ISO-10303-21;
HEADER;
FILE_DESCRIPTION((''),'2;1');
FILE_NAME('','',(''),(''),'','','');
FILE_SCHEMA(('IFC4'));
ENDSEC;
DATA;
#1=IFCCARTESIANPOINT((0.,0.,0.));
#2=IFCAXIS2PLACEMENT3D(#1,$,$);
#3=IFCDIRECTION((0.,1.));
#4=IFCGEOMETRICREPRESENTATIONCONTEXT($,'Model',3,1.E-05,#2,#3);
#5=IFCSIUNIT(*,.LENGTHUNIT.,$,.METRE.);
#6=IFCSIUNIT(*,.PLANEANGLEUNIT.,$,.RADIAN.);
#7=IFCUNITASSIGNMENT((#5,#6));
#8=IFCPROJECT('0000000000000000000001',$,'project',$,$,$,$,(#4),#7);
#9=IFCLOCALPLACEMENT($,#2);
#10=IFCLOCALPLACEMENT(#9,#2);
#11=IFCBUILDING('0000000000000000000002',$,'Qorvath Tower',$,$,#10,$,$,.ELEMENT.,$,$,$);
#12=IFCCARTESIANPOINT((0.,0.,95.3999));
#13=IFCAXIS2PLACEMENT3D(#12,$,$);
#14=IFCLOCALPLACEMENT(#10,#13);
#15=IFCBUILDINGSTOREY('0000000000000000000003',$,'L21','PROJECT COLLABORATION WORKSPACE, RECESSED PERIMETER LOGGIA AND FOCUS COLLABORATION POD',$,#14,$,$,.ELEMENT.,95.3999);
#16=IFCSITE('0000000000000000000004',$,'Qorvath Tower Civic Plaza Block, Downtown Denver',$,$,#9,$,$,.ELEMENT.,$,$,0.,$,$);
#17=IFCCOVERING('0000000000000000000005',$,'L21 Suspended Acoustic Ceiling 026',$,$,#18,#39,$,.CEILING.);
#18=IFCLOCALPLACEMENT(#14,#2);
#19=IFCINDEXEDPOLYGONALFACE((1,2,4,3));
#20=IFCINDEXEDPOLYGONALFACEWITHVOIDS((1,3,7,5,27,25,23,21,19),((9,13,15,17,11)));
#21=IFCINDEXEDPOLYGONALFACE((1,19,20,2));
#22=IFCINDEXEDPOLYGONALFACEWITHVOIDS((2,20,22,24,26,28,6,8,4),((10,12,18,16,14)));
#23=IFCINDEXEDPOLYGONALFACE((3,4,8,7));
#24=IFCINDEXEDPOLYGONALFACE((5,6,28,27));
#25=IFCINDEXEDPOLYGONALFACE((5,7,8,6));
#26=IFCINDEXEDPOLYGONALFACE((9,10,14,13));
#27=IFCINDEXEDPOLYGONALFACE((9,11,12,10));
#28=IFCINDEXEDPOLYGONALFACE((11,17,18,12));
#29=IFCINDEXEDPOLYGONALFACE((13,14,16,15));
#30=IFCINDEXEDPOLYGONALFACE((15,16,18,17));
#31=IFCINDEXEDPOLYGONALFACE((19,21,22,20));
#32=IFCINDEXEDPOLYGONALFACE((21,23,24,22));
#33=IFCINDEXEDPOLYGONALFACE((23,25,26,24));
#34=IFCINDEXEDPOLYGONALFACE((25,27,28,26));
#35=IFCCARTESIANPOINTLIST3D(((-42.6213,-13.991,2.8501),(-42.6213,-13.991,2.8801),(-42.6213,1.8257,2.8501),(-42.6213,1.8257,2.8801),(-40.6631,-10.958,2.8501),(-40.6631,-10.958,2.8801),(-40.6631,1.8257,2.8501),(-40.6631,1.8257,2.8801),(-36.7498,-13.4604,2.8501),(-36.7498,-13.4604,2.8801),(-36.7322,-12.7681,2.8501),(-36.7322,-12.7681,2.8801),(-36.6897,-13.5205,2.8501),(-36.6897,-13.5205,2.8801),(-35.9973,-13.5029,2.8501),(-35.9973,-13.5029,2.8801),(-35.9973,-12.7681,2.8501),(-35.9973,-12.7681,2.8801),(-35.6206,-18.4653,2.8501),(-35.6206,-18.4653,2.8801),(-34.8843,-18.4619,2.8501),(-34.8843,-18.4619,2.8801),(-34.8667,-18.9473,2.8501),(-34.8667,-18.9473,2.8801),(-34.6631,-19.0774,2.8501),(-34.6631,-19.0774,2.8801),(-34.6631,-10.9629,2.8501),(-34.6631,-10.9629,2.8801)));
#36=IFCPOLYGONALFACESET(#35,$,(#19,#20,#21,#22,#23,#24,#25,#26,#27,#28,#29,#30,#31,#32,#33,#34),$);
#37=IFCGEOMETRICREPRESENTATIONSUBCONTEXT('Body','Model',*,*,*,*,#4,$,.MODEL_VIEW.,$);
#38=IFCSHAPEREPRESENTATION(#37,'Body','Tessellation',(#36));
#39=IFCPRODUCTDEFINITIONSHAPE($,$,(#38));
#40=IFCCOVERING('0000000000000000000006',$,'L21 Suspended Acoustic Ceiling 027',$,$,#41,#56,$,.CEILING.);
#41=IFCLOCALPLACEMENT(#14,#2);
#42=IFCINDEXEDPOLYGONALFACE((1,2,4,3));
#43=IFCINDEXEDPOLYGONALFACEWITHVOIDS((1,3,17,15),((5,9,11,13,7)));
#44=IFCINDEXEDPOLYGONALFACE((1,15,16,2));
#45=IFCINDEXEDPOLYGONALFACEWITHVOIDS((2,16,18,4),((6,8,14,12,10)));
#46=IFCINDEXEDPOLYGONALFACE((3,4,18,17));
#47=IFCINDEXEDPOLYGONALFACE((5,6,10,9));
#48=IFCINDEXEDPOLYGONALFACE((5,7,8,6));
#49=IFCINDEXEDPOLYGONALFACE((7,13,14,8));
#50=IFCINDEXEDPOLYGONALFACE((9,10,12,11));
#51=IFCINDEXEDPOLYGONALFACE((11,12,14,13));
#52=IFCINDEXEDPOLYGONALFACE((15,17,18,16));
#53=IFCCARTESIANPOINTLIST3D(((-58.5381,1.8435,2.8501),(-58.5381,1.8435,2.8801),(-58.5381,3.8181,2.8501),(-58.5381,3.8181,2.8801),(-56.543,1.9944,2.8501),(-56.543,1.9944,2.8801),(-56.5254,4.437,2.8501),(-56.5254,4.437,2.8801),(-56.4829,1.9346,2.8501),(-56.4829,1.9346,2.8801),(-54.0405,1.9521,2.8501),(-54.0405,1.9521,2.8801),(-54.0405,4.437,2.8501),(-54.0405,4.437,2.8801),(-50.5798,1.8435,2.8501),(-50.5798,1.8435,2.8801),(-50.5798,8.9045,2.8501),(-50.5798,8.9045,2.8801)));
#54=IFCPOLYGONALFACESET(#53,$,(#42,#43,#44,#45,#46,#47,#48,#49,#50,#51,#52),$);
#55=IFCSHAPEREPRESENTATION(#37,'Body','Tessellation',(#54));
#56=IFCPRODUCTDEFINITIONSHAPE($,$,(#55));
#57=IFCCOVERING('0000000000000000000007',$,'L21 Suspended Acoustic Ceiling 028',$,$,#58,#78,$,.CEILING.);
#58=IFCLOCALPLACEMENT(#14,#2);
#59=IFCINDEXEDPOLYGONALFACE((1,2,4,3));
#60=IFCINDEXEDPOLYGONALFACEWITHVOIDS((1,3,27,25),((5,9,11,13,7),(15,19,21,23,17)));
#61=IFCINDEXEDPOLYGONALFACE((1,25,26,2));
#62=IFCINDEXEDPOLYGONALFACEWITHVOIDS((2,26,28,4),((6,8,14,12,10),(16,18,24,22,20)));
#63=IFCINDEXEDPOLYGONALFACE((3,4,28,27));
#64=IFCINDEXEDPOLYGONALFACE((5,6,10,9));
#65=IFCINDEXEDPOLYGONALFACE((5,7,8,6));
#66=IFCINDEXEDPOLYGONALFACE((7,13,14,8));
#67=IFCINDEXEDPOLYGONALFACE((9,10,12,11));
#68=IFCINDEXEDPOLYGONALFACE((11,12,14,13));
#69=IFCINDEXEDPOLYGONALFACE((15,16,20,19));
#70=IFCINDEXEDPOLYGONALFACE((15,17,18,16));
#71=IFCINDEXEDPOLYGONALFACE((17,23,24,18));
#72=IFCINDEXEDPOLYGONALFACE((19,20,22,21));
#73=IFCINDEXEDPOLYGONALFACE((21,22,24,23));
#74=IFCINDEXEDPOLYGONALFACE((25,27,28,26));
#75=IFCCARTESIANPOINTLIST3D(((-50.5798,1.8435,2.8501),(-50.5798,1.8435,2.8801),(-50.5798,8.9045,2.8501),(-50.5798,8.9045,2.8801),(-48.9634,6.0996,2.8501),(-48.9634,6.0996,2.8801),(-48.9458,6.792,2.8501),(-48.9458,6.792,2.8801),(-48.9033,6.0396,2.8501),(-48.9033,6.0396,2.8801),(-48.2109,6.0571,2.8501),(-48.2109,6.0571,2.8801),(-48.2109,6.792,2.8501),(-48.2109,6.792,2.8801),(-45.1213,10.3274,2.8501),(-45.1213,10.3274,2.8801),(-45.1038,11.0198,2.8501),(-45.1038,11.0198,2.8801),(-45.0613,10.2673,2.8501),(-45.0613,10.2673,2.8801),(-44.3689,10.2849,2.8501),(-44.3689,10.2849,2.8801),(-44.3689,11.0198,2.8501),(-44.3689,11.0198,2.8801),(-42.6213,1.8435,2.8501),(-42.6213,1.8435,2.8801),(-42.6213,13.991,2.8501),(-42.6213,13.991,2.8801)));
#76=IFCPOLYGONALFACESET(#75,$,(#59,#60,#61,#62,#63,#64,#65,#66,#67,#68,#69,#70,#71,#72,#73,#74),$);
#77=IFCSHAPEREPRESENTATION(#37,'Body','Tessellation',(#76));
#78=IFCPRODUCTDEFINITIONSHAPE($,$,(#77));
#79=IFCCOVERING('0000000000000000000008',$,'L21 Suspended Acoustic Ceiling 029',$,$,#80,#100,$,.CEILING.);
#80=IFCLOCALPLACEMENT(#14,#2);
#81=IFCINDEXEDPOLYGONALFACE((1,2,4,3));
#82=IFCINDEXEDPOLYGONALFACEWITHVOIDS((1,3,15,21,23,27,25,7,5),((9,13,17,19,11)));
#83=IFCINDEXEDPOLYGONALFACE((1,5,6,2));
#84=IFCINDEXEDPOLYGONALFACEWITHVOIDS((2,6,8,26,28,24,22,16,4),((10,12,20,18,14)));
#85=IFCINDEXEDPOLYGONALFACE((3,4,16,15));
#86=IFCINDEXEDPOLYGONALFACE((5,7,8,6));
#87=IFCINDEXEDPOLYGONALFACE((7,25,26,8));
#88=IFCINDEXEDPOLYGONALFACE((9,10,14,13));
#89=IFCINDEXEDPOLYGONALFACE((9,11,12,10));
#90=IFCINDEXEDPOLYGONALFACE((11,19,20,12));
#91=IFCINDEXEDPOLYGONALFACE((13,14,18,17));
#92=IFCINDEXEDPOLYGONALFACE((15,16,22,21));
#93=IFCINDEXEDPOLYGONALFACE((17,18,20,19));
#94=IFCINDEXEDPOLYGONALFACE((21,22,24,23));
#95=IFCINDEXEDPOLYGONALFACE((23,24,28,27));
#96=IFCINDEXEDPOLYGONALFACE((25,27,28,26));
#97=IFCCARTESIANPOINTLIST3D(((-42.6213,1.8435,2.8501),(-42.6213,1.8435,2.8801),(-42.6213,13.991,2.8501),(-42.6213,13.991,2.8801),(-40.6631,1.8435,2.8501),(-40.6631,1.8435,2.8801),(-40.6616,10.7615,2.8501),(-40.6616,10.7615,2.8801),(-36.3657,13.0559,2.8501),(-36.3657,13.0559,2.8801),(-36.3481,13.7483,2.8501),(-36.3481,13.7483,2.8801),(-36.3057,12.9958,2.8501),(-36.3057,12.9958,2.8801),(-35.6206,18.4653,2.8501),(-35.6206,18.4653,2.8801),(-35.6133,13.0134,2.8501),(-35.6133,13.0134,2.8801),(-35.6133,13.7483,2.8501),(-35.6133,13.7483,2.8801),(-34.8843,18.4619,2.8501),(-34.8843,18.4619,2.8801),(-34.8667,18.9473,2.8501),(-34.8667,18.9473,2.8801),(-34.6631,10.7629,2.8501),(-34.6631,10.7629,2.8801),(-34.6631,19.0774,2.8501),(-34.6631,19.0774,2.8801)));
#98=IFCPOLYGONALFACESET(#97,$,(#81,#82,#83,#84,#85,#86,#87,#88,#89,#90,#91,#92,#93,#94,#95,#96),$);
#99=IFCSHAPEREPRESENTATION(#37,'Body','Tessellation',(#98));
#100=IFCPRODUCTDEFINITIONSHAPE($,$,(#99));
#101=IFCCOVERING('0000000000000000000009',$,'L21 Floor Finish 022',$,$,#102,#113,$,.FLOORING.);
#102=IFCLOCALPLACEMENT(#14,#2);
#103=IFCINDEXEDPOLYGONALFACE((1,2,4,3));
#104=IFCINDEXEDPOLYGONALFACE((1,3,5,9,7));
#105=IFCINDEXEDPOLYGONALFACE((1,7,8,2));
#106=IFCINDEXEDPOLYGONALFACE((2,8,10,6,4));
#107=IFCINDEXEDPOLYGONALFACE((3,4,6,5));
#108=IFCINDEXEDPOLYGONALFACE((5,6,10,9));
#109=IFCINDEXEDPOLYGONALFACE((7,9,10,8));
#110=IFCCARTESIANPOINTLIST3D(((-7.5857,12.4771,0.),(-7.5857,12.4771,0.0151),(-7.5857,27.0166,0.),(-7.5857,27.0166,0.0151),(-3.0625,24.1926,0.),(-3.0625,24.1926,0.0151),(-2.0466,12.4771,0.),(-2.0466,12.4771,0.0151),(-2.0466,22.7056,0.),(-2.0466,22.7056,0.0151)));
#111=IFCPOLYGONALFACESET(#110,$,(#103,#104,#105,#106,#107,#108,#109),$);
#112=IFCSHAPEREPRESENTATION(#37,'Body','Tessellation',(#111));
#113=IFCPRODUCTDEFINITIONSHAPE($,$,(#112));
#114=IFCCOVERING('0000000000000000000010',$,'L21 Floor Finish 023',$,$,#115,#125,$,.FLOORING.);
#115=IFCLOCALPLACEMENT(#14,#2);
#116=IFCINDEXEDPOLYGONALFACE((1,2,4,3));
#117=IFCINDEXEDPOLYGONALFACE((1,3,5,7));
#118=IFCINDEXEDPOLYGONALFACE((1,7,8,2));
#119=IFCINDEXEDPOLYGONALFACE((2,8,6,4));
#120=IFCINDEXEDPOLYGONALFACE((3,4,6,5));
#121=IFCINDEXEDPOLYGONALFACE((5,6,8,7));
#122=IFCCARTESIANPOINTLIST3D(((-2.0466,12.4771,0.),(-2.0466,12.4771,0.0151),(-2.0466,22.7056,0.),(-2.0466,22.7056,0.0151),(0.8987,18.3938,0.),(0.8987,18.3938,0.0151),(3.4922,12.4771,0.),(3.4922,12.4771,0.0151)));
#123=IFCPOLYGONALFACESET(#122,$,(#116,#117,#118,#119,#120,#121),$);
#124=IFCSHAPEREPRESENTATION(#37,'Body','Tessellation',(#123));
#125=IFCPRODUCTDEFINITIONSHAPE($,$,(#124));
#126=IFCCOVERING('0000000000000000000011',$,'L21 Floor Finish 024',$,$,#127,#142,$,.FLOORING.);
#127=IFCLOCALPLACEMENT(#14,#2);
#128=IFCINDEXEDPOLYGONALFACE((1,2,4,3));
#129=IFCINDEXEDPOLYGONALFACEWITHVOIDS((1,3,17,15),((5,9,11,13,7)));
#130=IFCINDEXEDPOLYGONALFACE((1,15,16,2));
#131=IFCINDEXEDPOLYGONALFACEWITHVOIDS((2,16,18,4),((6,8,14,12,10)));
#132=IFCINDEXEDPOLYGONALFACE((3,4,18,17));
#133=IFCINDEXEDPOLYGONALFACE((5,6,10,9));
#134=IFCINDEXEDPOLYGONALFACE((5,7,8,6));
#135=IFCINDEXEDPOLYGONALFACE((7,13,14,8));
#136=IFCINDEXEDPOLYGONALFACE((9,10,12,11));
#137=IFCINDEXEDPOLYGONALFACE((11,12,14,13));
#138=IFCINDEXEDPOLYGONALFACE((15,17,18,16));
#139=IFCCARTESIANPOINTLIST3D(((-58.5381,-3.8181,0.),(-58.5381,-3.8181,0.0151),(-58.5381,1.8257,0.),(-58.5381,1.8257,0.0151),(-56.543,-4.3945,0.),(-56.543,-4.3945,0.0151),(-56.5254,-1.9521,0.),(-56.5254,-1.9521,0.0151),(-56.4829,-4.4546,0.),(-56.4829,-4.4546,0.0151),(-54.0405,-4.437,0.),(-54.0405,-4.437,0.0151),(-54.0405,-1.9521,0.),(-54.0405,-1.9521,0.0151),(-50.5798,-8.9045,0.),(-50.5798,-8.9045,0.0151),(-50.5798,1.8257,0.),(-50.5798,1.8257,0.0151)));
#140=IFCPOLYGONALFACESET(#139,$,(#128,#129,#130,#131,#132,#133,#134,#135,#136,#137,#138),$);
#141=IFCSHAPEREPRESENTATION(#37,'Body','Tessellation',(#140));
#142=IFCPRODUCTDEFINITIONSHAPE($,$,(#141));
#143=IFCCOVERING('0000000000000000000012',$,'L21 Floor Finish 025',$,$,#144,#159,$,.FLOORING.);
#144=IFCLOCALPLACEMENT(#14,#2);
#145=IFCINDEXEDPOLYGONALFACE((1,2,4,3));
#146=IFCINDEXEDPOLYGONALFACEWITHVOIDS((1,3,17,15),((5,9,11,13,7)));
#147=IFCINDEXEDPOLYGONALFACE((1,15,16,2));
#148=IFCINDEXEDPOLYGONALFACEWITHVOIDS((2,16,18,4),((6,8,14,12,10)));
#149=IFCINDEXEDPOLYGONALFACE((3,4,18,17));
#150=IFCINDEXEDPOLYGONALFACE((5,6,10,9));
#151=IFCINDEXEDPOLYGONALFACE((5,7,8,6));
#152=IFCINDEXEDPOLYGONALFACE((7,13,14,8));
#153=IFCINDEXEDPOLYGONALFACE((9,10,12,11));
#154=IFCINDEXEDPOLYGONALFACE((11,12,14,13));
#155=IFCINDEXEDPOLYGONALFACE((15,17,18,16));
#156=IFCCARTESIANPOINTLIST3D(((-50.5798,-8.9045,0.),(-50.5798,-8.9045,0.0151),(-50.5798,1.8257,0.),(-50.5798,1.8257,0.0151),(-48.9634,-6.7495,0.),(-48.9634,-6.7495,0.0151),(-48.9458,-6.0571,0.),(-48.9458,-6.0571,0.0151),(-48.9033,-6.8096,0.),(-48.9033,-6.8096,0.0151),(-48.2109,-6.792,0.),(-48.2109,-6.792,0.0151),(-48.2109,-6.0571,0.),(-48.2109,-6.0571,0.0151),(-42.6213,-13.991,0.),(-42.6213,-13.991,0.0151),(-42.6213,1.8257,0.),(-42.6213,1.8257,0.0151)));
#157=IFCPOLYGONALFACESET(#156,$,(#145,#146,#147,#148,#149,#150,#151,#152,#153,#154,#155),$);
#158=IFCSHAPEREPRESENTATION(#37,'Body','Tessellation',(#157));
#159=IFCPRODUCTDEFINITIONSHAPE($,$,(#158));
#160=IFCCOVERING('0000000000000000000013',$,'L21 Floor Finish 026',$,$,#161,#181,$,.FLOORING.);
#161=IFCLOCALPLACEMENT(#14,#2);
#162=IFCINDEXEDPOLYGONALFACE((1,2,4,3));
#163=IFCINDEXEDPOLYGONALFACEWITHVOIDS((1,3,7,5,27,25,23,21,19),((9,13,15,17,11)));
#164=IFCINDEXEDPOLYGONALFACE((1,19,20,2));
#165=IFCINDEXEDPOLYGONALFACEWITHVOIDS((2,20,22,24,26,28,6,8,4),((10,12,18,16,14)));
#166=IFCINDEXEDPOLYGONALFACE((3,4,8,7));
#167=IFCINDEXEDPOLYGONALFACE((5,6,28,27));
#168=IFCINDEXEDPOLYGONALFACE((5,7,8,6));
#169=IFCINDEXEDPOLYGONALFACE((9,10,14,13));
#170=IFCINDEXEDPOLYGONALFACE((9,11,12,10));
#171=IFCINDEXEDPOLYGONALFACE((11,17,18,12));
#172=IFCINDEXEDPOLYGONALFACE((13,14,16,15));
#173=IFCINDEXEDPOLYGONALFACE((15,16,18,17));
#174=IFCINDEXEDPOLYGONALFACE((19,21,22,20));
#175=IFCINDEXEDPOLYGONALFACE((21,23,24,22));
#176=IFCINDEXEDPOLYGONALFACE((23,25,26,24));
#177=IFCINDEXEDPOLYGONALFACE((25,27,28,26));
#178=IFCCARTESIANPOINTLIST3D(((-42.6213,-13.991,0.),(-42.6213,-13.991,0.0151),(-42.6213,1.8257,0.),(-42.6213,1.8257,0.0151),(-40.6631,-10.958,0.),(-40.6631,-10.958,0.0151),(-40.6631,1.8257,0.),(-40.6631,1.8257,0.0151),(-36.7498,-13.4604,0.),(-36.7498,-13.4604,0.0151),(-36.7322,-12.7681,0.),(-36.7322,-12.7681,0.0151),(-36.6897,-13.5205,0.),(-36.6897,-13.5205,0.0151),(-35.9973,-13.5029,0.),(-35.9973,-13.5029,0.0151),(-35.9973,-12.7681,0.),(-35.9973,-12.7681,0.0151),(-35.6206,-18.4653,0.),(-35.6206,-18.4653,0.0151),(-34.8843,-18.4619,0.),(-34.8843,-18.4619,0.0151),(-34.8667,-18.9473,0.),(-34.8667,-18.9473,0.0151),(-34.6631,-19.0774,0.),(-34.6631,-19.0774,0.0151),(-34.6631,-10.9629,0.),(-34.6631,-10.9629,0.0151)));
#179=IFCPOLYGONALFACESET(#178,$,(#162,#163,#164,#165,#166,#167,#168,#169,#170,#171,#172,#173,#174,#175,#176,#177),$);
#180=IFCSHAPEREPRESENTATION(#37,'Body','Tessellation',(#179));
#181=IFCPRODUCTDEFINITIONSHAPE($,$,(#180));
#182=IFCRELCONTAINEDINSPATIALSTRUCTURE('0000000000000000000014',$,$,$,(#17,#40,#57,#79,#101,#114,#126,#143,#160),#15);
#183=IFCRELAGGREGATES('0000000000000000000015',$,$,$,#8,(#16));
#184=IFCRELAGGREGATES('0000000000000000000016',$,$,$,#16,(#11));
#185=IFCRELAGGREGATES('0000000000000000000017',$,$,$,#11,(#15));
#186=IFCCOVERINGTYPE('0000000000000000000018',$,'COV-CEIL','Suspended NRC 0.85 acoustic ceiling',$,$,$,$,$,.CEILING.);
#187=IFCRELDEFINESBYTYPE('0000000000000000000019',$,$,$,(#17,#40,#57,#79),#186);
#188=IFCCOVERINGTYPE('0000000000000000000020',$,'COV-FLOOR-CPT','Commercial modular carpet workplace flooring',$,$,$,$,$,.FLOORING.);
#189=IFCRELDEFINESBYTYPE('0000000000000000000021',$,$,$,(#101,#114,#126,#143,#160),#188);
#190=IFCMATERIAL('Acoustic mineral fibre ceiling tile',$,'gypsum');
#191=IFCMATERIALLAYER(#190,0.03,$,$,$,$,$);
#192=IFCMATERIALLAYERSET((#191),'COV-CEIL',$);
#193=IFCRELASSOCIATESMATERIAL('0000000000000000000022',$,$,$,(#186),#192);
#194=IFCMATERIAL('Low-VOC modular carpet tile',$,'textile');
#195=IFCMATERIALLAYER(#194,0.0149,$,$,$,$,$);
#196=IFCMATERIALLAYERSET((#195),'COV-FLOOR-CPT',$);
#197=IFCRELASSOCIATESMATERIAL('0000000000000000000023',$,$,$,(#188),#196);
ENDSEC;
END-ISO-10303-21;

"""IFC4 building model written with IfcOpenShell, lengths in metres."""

from ifc_helpers import new_model, si_unit, direction, frame, origin, place, context, subcontext, project, spatial, polyline, outline, extrude, material, layer, layer_set, type_object, element, save


model = new_model("IFC4")

# Units and contexts
model_context = context("Model", 3, precision=1e-05, world=origin(), true_north=direction((0.0, 1.0)))
body_context = subcontext(model_context, "Body", "Model", "MODEL_VIEW")
ifc_project = project(units=[si_unit("LENGTHUNIT", "METRE"), si_unit("PLANEANGLEUNIT", "RADIAN")], contexts=[model_context])

# Site, building, storey
site_placement = place(None, origin())
site = spatial("IfcSite", under=ifc_project, at=site_placement, Name="Qorvath Tower Civic Plaza Block, Downtown Denver", CompositionType="ELEMENT", RefElevation=0.0)
building_placement = place(site_placement, origin())
building = spatial("IfcBuilding", under=site, at=building_placement, Name="Qorvath Tower", CompositionType="ELEMENT")
storey_placement = place(building_placement, frame((0.0, 0.0, 95.3999)))
storey = spatial("IfcBuildingStorey", under=building, at=storey_placement, Name="L21", Description="PROJECT COLLABORATION WORKSPACE, RECESSED PERIMETER LOGGIA AND FOCUS COLLABORATION POD", CompositionType="ELEMENT", Elevation=95.3999)

# Coverings
ifc_material_1 = material(Name="Acoustic mineral fibre ceiling tile", Category="gypsum")
ifc_layer_1 = layer(ifc_material_1, 0.03)
ifc_layer_set_1 = layer_set([ifc_layer_1], Name="COV-CEIL")
covering_type_1 = type_object("IfcCoveringType", Name="COV-CEIL", Description="Suspended NRC 0.85 acoustic ceiling", PredefinedType="CEILING", material=ifc_layer_set_1)
covering_1_placement = place(storey_placement, frame((0.0, 0.0, 2.8501)))
element("IfcCovering", 1, at=covering_1_placement, inside=storey, type_object=covering_type_1, Name="L21 Suspended Acoustic Ceiling 026", PredefinedType="CEILING", context=body_context, shape_type="SweptSolid", body=[
    extrude(outline(polyline([(-42.6213, 1.8257), (-42.6213, -13.991), (-35.6206, -18.4653), (-34.8843, -18.4619), (-34.8667, -18.9473), (-34.6631, -19.0774), (-34.6631, -10.9629), (-40.6631, -10.958), (-40.6631, 1.8257), (-42.6213, 1.8257)]), holes=[polyline([(-36.7498, -13.4604), (-36.7322, -12.7681), (-35.9973, -12.7681), (-35.9973, -13.5029), (-36.6897, -13.5205), (-36.7498, -13.4604)])]), origin(), (0.0, 0.0, 1.0), 0.03),
])
covering_2_placement = place(storey_placement, frame((0.0, 0.0, 2.8501)))
element("IfcCovering", 2, at=covering_2_placement, inside=storey, type_object=covering_type_1, Name="L21 Suspended Acoustic Ceiling 027", PredefinedType="CEILING", context=body_context, shape_type="SweptSolid", body=[
    extrude(outline(polyline([(-50.5798, 1.8435), (-50.5798, 8.9045), (-58.5381, 3.8181), (-58.5381, 1.8435), (-50.5798, 1.8435)]), holes=[polyline([(-56.543, 1.9944), (-56.5254, 4.437), (-54.0405, 4.437), (-54.0405, 1.9521), (-56.4829, 1.9346), (-56.543, 1.9944)])]), origin(), (0.0, 0.0, 1.0), 0.03),
])
covering_3_placement = place(storey_placement, frame((0.0, 0.0, 2.8501)))
element("IfcCovering", 3, at=covering_3_placement, inside=storey, type_object=covering_type_1, Name="L21 Suspended Acoustic Ceiling 028", PredefinedType="CEILING", context=body_context, shape_type="SweptSolid", body=[
    extrude(outline(polyline([(-42.6213, 1.8435), (-42.6213, 13.991), (-50.5798, 8.9045), (-50.5798, 1.8435), (-42.6213, 1.8435)]), holes=[polyline([(-45.1213, 10.3274), (-45.1038, 11.0198), (-44.3689, 11.0198), (-44.3689, 10.2849), (-45.0613, 10.2673), (-45.1213, 10.3274)]), polyline([(-48.9634, 6.0996), (-48.9458, 6.792), (-48.2109, 6.792), (-48.2109, 6.0571), (-48.9033, 6.0396), (-48.9634, 6.0996)])]), origin(), (0.0, 0.0, 1.0), 0.03),
])
covering_4_placement = place(storey_placement, frame((0.0, 0.0, 2.8501)))
element("IfcCovering", 4, at=covering_4_placement, inside=storey, type_object=covering_type_1, Name="L21 Suspended Acoustic Ceiling 029", PredefinedType="CEILING", context=body_context, shape_type="SweptSolid", body=[
    extrude(outline(polyline([(-34.6631, 10.7629), (-34.6631, 19.0774), (-34.8667, 18.9473), (-34.8843, 18.4619), (-35.6206, 18.4653), (-42.6213, 13.991), (-42.6213, 1.8435), (-40.6631, 1.8435), (-40.6616, 10.7615), (-34.6631, 10.7629)]), holes=[polyline([(-36.3657, 13.0559), (-36.3481, 13.7483), (-35.6133, 13.7483), (-35.6133, 13.0134), (-36.3057, 12.9958), (-36.3657, 13.0559)])]), origin(), (0.0, 0.0, 1.0), 0.03),
])
ifc_material_2 = material(Name="Low-VOC modular carpet tile", Category="textile")
ifc_layer_2 = layer(ifc_material_2, 0.0149)
ifc_layer_set_2 = layer_set([ifc_layer_2], Name="COV-FLOOR-CPT")
covering_type_2 = type_object("IfcCoveringType", Name="COV-FLOOR-CPT", Description="Commercial modular carpet workplace flooring", PredefinedType="FLOORING", material=ifc_layer_set_2)
covering_5_placement = place(storey_placement, origin())
element("IfcCovering", 5, at=covering_5_placement, inside=storey, type_object=covering_type_2, Name="L21 Floor Finish 022", PredefinedType="FLOORING", context=body_context, shape_type="SweptSolid", body=[
    extrude(outline(polyline([(-7.5857, 27.0166), (-7.5857, 12.4771), (-2.0466, 12.4771), (-2.0466, 22.7056), (-3.0625, 24.1926), (-7.5857, 27.0166)])), origin(), (0.0, 0.0, 1.0), 0.0151),
])
covering_6_placement = place(storey_placement, origin())
element("IfcCovering", 6, at=covering_6_placement, inside=storey, type_object=covering_type_2, Name="L21 Floor Finish 023", PredefinedType="FLOORING", context=body_context, shape_type="SweptSolid", body=[
    extrude(outline(polyline([(-2.0466, 22.7056), (-2.0466, 12.4771), (3.4922, 12.4771), (0.8987, 18.3938), (-2.0466, 22.7056)])), origin(), (0.0, 0.0, 1.0), 0.0151),
])
covering_7_placement = place(storey_placement, origin())
element("IfcCovering", 7, at=covering_7_placement, inside=storey, type_object=covering_type_2, Name="L21 Floor Finish 024", PredefinedType="FLOORING", context=body_context, shape_type="SweptSolid", body=[
    extrude(outline(polyline([(-58.5381, 1.8257), (-58.5381, -3.8181), (-50.5798, -8.9045), (-50.5798, 1.8257), (-58.5381, 1.8257)]), holes=[polyline([(-56.543, -4.3945), (-56.5254, -1.9521), (-54.0405, -1.9521), (-54.0405, -4.437), (-56.4829, -4.4546), (-56.543, -4.3945)])]), origin(), (0.0, 0.0, 1.0), 0.0151),
])
covering_8_placement = place(storey_placement, origin())
element("IfcCovering", 8, at=covering_8_placement, inside=storey, type_object=covering_type_2, Name="L21 Floor Finish 025", PredefinedType="FLOORING", context=body_context, shape_type="SweptSolid", body=[
    extrude(outline(polyline([(-50.5798, 1.8257), (-50.5798, -8.9045), (-42.6213, -13.991), (-42.6213, 1.8257), (-50.5798, 1.8257)]), holes=[polyline([(-48.9634, -6.7495), (-48.9458, -6.0571), (-48.2109, -6.0571), (-48.2109, -6.792), (-48.9033, -6.8096), (-48.9634, -6.7495)])]), origin(), (0.0, 0.0, 1.0), 0.0151),
])
covering_9_placement = place(storey_placement, origin())
element("IfcCovering", 9, at=covering_9_placement, inside=storey, type_object=covering_type_2, Name="L21 Floor Finish 026", PredefinedType="FLOORING", context=body_context, shape_type="SweptSolid", body=[
    extrude(outline(polyline([(-42.6213, 1.8257), (-42.6213, -13.991), (-35.6206, -18.4653), (-34.8843, -18.4619), (-34.8667, -18.9473), (-34.6631, -19.0774), (-34.6631, -10.9629), (-40.6631, -10.958), (-40.6631, 1.8257), (-42.6213, 1.8257)]), holes=[polyline([(-36.7498, -13.4604), (-36.7322, -12.7681), (-35.9973, -12.7681), (-35.9973, -13.5029), (-36.6897, -13.5205), (-36.7498, -13.4604)])]), origin(), (0.0, 0.0, 1.0), 0.0151),
])

save(model, "model.ifc")
